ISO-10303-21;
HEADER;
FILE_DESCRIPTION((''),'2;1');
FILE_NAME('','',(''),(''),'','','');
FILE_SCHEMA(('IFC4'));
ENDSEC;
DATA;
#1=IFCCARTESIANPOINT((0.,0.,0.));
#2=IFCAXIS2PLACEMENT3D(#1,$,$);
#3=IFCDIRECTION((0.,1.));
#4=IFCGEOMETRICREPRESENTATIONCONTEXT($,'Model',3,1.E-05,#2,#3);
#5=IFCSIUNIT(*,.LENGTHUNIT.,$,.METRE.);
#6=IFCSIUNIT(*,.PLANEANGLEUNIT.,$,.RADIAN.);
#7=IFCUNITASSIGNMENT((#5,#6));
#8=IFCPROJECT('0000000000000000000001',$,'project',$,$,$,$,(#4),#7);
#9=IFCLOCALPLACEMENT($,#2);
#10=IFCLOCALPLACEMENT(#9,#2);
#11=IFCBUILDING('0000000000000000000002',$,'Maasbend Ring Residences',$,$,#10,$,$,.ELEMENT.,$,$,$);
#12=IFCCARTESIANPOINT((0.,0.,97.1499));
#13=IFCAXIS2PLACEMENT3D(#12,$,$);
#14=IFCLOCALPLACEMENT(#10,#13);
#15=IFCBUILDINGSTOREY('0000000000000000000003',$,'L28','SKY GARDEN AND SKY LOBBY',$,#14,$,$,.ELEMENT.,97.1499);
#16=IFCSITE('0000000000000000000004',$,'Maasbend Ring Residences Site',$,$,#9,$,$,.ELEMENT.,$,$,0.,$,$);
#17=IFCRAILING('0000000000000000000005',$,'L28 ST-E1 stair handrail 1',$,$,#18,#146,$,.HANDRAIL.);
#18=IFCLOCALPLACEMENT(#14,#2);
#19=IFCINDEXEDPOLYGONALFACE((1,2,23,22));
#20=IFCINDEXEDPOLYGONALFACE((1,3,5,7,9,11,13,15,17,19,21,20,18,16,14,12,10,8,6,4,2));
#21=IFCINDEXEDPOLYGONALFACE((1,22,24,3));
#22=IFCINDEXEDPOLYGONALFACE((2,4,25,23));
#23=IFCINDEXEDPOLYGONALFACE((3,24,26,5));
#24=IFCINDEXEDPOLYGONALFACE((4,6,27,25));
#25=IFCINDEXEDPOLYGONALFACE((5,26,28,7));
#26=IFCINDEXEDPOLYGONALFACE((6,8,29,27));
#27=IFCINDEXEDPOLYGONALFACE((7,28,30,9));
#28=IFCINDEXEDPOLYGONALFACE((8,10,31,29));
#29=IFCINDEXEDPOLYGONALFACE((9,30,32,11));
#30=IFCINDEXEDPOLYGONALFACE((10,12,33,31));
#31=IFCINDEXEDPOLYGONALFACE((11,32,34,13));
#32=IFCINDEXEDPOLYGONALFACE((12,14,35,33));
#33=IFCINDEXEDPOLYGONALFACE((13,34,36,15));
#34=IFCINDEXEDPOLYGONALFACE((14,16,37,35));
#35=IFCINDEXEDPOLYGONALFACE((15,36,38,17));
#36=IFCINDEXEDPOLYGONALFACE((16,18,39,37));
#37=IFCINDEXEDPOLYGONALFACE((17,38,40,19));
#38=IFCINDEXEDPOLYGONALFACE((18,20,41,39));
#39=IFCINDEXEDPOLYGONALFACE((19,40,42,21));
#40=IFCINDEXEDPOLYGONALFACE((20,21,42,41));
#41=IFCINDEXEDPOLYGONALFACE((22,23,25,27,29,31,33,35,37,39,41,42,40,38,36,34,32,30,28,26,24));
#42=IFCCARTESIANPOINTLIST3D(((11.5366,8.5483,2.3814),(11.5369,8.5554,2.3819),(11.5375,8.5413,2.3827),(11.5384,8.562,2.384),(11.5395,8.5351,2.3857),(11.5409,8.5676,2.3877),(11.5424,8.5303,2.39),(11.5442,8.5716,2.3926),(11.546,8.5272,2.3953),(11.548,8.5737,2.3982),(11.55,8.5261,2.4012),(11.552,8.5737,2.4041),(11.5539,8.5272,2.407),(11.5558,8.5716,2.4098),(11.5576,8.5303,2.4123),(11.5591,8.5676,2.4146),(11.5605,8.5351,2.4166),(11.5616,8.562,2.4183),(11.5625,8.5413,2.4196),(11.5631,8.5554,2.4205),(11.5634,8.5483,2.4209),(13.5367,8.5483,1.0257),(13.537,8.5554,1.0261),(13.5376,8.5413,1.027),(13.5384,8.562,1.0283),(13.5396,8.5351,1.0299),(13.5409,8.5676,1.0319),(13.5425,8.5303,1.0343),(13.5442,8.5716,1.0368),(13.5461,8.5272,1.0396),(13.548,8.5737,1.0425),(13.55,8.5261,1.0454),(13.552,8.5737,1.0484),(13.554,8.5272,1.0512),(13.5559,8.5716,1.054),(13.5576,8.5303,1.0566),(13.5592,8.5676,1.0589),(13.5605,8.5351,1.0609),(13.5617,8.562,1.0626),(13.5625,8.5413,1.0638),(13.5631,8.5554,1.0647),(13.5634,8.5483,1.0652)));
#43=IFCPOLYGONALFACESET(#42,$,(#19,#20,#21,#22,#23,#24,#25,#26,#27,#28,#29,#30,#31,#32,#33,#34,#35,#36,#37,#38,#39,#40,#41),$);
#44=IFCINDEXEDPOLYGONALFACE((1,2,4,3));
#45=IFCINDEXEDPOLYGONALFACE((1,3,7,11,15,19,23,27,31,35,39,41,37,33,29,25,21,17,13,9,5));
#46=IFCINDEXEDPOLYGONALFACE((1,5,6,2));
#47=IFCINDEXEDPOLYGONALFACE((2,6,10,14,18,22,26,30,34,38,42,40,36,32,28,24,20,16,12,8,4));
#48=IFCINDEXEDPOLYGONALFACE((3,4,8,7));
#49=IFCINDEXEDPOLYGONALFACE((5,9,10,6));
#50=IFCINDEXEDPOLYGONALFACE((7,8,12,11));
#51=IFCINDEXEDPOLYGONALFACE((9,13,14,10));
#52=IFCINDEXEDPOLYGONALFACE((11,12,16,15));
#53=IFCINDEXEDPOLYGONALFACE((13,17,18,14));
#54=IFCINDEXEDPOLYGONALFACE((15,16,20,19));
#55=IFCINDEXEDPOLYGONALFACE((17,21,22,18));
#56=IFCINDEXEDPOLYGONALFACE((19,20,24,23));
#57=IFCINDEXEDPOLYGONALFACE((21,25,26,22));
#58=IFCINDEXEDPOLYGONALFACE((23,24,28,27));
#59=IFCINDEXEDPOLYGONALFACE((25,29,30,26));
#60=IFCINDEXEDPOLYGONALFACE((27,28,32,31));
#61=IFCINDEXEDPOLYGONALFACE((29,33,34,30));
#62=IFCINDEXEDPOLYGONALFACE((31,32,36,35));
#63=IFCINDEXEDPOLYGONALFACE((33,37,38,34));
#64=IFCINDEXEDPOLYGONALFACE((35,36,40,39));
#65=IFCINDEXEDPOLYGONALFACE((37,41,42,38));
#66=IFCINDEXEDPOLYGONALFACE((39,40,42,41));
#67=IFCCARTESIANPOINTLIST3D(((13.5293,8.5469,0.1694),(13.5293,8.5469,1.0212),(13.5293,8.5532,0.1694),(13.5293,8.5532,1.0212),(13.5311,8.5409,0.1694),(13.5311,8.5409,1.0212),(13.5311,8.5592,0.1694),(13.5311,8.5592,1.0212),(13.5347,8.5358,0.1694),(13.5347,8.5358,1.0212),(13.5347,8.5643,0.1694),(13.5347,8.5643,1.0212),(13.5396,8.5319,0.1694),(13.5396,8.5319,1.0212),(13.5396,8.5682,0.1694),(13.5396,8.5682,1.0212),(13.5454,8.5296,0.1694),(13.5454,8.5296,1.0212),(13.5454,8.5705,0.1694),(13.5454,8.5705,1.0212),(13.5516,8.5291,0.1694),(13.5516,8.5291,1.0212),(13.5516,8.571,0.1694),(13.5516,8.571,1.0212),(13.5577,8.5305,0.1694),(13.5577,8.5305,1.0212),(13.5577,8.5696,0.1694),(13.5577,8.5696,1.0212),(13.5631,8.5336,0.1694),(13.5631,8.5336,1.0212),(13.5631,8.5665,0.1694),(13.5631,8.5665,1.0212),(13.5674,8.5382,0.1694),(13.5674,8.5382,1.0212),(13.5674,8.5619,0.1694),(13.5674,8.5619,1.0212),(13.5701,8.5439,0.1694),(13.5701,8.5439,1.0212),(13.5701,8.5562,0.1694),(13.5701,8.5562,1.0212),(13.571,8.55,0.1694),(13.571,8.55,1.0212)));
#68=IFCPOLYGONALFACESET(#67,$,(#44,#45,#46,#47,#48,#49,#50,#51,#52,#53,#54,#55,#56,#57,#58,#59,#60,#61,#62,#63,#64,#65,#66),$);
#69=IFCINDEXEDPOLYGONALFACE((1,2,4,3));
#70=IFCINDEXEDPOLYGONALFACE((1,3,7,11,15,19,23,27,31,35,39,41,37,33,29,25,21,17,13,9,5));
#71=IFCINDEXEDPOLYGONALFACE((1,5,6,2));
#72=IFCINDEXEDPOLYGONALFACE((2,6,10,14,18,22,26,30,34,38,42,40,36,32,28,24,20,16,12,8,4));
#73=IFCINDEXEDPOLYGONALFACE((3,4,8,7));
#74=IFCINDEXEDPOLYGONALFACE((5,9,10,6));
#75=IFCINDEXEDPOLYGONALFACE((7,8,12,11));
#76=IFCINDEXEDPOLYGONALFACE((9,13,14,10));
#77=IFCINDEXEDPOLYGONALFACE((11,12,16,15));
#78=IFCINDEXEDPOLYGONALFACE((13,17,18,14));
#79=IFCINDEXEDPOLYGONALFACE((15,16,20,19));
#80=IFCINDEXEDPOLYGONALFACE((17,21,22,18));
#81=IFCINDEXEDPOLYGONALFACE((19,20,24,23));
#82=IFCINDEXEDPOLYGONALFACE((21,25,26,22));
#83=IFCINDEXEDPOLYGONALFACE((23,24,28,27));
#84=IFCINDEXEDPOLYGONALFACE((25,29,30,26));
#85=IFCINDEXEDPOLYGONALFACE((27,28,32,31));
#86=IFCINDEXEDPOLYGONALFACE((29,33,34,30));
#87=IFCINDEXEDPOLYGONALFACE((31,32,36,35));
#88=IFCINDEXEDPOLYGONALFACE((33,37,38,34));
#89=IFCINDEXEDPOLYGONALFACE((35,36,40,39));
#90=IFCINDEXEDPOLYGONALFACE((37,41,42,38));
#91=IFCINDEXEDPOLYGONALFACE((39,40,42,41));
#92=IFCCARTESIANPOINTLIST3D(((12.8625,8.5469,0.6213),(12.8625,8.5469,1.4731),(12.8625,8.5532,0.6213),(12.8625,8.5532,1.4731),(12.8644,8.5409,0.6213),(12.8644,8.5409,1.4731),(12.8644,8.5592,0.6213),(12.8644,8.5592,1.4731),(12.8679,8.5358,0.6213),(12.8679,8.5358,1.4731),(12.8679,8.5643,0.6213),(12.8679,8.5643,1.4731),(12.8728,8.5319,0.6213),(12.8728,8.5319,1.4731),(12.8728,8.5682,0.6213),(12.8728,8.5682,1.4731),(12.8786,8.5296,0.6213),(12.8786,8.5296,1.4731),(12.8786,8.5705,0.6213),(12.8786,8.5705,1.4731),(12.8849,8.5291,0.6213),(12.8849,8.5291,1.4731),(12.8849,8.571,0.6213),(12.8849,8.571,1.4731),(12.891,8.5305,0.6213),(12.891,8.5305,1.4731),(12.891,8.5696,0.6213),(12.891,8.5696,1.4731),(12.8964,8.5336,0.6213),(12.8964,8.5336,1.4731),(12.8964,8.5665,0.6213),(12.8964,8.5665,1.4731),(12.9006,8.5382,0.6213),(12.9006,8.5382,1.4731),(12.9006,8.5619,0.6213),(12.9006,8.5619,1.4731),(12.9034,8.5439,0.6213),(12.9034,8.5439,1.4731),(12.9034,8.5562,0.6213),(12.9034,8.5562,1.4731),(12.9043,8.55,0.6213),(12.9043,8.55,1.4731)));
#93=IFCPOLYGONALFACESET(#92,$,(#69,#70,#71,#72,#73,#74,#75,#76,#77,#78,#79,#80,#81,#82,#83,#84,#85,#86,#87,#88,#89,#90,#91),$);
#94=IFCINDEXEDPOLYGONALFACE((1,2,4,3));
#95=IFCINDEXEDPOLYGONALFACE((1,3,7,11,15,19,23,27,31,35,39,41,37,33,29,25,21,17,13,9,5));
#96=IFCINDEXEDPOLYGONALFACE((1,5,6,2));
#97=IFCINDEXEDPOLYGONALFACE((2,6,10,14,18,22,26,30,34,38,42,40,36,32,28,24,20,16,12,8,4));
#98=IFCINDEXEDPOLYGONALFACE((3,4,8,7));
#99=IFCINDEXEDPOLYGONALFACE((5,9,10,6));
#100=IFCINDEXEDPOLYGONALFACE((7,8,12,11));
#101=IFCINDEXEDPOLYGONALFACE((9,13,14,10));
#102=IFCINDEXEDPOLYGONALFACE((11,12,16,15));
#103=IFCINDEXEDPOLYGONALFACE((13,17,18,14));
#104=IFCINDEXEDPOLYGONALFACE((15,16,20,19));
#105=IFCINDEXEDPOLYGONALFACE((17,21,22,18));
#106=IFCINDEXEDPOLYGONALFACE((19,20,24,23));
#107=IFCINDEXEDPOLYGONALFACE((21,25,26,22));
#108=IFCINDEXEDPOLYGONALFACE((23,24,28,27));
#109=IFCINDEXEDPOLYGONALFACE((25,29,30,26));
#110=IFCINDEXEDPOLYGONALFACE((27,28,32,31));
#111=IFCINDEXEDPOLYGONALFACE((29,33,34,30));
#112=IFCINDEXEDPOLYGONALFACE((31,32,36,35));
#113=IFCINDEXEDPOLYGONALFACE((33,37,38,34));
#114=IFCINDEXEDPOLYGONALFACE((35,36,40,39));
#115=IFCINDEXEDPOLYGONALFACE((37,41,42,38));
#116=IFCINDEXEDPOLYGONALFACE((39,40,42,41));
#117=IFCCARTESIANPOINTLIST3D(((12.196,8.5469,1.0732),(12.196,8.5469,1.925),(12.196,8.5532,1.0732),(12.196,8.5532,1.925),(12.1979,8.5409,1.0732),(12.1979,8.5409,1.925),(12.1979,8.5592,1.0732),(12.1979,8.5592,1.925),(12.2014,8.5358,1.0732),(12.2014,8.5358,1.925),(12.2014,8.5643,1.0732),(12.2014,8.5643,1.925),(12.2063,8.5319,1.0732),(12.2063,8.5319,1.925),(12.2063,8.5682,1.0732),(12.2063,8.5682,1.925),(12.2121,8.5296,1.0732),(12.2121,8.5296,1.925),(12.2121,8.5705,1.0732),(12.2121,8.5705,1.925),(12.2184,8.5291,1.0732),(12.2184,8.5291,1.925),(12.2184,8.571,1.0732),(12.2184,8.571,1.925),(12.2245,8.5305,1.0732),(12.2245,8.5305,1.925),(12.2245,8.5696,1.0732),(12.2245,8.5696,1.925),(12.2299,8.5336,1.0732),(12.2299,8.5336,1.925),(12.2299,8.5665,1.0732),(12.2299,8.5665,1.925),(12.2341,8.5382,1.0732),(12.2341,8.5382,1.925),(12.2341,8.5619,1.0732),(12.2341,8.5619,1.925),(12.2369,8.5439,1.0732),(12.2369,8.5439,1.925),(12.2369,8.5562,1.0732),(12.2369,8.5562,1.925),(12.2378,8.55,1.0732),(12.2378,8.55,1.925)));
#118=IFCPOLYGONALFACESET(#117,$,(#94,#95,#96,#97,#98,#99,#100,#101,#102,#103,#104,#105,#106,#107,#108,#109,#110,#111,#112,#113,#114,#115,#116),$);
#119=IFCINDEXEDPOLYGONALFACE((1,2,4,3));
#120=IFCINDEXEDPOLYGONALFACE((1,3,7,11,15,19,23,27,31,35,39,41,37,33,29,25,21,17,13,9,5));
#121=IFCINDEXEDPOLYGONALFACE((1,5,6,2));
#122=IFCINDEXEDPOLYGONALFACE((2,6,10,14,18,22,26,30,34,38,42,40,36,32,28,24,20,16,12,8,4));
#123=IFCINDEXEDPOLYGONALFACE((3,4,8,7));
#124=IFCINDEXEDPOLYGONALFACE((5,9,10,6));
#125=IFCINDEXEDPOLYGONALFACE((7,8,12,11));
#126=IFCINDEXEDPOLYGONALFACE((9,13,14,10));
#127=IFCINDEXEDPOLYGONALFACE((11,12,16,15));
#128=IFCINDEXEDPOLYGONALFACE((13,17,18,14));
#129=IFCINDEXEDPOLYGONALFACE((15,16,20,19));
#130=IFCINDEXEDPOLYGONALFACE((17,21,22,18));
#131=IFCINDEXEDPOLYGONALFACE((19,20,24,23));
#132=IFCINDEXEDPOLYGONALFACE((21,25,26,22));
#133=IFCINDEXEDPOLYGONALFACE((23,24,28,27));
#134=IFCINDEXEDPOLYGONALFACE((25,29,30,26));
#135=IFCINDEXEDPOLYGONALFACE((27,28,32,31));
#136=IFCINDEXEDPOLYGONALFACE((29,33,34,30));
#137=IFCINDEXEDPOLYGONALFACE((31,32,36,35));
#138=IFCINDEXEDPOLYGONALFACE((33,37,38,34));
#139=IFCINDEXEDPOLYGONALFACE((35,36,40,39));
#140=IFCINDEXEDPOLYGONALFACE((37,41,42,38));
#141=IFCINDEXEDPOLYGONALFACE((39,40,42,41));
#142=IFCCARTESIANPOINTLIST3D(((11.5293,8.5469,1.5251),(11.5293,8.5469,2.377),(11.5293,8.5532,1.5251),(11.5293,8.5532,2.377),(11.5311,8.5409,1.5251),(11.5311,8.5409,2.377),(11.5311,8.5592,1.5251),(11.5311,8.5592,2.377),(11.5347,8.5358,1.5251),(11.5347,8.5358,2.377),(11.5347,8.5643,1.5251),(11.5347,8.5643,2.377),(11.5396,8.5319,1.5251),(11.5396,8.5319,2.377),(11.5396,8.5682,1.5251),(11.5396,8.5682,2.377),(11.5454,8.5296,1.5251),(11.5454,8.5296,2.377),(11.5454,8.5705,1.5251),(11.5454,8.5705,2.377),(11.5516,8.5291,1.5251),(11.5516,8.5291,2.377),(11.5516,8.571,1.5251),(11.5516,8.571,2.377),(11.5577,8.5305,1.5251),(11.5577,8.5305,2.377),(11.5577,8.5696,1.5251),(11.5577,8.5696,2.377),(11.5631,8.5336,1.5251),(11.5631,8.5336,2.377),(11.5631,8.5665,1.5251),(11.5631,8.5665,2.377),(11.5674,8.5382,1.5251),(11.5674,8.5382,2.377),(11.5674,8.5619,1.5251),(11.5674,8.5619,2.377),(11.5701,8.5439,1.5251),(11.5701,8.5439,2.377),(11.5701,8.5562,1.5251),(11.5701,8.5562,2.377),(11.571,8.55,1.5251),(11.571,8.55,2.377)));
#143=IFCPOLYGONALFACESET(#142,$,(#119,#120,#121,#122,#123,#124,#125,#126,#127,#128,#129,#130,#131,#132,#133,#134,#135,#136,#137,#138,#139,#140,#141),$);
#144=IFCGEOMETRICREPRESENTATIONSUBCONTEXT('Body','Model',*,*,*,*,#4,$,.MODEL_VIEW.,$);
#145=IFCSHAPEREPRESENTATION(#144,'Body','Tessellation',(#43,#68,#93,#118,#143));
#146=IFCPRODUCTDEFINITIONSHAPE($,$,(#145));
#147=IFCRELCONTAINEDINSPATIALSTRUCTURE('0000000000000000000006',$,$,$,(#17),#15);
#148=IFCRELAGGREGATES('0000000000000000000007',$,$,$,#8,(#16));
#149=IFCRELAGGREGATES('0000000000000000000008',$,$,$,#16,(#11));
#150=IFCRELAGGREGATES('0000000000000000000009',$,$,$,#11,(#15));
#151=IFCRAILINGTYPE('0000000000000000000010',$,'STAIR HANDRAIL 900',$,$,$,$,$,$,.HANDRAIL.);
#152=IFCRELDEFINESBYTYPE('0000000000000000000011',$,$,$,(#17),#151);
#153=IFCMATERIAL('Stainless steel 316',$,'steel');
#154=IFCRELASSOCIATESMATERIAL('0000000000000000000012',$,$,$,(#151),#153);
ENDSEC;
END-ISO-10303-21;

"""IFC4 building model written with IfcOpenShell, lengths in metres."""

from ifc_helpers import new_model, si_unit, direction, frame, origin, origin_2d, place, context, subcontext, project, spatial, circle, extrude, material, type_object, element, save


model = new_model("IFC4")

# Units and contexts
model_context = context("Model", 3, precision=1e-05, world=origin(), true_north=direction((0.0, 1.0)))
body_context = subcontext(model_context, "Body", "Model", "MODEL_VIEW")
ifc_project = project(units=[si_unit("LENGTHUNIT", "METRE"), si_unit("PLANEANGLEUNIT", "RADIAN")], contexts=[model_context])

# Site, building, storey
site_placement = place(None, origin())
site = spatial("IfcSite", under=ifc_project, at=site_placement, Name="Maasbend Ring Residences Site", CompositionType="ELEMENT", RefElevation=0.0)
building_placement = place(site_placement, origin())
building = spatial("IfcBuilding", under=site, at=building_placement, Name="Maasbend Ring Residences", CompositionType="ELEMENT")
storey_placement = place(building_placement, frame((0.0, 0.0, 97.1499)))
storey = spatial("IfcBuildingStorey", under=building, at=storey_placement, Name="L28", Description="SKY GARDEN AND SKY LOBBY", CompositionType="ELEMENT", Elevation=97.1499)

# Railing
ifc_material_1 = material(Name="Stainless steel 316", Category="steel")
railing_type = type_object("IfcRailingType", Name="STAIR HANDRAIL 900", PredefinedType="HANDRAIL", material=ifc_material_1)
for number, where, name in (
    (1, (13.55, 8.55, 0.1694), "L28 ST-E1 stair handrail 1"),
):
    element("IfcRailing", number, at=place(storey_placement, frame(where)), inside=storey, type_object=railing_type, Name=name, PredefinedType="HANDRAIL", context=body_context, shape_type="SweptSolid", body=[
        extrude(circle(Radius=0.0239, at=origin_2d()), frame((0.0, 0.0, 0.876), z_axis=(-0.827751, 0.0, 0.561096), x_axis=(0.0, -1.0, 0.0)), (0.0, 0.0, 1.0), 2.4163),
        extrude(circle(Radius=0.021, at=origin_2d()), origin(), (0.0, 0.0, 1.0), 0.8518),
        extrude(circle(Radius=0.021, at=origin_2d()), frame((-0.6667, 0.0, 0.4519)), (0.0, 0.0, 1.0), 0.8518),
        extrude(circle(Radius=0.021, at=origin_2d()), frame((-1.3333, 0.0, 0.9038)), (0.0, 0.0, 1.0), 0.8518),
        extrude(circle(Radius=0.021, at=origin_2d()), frame((-2.0, 0.0, 1.3557)), (0.0, 0.0, 1.0), 0.8518),
    ])

save(model, "model.ifc")
